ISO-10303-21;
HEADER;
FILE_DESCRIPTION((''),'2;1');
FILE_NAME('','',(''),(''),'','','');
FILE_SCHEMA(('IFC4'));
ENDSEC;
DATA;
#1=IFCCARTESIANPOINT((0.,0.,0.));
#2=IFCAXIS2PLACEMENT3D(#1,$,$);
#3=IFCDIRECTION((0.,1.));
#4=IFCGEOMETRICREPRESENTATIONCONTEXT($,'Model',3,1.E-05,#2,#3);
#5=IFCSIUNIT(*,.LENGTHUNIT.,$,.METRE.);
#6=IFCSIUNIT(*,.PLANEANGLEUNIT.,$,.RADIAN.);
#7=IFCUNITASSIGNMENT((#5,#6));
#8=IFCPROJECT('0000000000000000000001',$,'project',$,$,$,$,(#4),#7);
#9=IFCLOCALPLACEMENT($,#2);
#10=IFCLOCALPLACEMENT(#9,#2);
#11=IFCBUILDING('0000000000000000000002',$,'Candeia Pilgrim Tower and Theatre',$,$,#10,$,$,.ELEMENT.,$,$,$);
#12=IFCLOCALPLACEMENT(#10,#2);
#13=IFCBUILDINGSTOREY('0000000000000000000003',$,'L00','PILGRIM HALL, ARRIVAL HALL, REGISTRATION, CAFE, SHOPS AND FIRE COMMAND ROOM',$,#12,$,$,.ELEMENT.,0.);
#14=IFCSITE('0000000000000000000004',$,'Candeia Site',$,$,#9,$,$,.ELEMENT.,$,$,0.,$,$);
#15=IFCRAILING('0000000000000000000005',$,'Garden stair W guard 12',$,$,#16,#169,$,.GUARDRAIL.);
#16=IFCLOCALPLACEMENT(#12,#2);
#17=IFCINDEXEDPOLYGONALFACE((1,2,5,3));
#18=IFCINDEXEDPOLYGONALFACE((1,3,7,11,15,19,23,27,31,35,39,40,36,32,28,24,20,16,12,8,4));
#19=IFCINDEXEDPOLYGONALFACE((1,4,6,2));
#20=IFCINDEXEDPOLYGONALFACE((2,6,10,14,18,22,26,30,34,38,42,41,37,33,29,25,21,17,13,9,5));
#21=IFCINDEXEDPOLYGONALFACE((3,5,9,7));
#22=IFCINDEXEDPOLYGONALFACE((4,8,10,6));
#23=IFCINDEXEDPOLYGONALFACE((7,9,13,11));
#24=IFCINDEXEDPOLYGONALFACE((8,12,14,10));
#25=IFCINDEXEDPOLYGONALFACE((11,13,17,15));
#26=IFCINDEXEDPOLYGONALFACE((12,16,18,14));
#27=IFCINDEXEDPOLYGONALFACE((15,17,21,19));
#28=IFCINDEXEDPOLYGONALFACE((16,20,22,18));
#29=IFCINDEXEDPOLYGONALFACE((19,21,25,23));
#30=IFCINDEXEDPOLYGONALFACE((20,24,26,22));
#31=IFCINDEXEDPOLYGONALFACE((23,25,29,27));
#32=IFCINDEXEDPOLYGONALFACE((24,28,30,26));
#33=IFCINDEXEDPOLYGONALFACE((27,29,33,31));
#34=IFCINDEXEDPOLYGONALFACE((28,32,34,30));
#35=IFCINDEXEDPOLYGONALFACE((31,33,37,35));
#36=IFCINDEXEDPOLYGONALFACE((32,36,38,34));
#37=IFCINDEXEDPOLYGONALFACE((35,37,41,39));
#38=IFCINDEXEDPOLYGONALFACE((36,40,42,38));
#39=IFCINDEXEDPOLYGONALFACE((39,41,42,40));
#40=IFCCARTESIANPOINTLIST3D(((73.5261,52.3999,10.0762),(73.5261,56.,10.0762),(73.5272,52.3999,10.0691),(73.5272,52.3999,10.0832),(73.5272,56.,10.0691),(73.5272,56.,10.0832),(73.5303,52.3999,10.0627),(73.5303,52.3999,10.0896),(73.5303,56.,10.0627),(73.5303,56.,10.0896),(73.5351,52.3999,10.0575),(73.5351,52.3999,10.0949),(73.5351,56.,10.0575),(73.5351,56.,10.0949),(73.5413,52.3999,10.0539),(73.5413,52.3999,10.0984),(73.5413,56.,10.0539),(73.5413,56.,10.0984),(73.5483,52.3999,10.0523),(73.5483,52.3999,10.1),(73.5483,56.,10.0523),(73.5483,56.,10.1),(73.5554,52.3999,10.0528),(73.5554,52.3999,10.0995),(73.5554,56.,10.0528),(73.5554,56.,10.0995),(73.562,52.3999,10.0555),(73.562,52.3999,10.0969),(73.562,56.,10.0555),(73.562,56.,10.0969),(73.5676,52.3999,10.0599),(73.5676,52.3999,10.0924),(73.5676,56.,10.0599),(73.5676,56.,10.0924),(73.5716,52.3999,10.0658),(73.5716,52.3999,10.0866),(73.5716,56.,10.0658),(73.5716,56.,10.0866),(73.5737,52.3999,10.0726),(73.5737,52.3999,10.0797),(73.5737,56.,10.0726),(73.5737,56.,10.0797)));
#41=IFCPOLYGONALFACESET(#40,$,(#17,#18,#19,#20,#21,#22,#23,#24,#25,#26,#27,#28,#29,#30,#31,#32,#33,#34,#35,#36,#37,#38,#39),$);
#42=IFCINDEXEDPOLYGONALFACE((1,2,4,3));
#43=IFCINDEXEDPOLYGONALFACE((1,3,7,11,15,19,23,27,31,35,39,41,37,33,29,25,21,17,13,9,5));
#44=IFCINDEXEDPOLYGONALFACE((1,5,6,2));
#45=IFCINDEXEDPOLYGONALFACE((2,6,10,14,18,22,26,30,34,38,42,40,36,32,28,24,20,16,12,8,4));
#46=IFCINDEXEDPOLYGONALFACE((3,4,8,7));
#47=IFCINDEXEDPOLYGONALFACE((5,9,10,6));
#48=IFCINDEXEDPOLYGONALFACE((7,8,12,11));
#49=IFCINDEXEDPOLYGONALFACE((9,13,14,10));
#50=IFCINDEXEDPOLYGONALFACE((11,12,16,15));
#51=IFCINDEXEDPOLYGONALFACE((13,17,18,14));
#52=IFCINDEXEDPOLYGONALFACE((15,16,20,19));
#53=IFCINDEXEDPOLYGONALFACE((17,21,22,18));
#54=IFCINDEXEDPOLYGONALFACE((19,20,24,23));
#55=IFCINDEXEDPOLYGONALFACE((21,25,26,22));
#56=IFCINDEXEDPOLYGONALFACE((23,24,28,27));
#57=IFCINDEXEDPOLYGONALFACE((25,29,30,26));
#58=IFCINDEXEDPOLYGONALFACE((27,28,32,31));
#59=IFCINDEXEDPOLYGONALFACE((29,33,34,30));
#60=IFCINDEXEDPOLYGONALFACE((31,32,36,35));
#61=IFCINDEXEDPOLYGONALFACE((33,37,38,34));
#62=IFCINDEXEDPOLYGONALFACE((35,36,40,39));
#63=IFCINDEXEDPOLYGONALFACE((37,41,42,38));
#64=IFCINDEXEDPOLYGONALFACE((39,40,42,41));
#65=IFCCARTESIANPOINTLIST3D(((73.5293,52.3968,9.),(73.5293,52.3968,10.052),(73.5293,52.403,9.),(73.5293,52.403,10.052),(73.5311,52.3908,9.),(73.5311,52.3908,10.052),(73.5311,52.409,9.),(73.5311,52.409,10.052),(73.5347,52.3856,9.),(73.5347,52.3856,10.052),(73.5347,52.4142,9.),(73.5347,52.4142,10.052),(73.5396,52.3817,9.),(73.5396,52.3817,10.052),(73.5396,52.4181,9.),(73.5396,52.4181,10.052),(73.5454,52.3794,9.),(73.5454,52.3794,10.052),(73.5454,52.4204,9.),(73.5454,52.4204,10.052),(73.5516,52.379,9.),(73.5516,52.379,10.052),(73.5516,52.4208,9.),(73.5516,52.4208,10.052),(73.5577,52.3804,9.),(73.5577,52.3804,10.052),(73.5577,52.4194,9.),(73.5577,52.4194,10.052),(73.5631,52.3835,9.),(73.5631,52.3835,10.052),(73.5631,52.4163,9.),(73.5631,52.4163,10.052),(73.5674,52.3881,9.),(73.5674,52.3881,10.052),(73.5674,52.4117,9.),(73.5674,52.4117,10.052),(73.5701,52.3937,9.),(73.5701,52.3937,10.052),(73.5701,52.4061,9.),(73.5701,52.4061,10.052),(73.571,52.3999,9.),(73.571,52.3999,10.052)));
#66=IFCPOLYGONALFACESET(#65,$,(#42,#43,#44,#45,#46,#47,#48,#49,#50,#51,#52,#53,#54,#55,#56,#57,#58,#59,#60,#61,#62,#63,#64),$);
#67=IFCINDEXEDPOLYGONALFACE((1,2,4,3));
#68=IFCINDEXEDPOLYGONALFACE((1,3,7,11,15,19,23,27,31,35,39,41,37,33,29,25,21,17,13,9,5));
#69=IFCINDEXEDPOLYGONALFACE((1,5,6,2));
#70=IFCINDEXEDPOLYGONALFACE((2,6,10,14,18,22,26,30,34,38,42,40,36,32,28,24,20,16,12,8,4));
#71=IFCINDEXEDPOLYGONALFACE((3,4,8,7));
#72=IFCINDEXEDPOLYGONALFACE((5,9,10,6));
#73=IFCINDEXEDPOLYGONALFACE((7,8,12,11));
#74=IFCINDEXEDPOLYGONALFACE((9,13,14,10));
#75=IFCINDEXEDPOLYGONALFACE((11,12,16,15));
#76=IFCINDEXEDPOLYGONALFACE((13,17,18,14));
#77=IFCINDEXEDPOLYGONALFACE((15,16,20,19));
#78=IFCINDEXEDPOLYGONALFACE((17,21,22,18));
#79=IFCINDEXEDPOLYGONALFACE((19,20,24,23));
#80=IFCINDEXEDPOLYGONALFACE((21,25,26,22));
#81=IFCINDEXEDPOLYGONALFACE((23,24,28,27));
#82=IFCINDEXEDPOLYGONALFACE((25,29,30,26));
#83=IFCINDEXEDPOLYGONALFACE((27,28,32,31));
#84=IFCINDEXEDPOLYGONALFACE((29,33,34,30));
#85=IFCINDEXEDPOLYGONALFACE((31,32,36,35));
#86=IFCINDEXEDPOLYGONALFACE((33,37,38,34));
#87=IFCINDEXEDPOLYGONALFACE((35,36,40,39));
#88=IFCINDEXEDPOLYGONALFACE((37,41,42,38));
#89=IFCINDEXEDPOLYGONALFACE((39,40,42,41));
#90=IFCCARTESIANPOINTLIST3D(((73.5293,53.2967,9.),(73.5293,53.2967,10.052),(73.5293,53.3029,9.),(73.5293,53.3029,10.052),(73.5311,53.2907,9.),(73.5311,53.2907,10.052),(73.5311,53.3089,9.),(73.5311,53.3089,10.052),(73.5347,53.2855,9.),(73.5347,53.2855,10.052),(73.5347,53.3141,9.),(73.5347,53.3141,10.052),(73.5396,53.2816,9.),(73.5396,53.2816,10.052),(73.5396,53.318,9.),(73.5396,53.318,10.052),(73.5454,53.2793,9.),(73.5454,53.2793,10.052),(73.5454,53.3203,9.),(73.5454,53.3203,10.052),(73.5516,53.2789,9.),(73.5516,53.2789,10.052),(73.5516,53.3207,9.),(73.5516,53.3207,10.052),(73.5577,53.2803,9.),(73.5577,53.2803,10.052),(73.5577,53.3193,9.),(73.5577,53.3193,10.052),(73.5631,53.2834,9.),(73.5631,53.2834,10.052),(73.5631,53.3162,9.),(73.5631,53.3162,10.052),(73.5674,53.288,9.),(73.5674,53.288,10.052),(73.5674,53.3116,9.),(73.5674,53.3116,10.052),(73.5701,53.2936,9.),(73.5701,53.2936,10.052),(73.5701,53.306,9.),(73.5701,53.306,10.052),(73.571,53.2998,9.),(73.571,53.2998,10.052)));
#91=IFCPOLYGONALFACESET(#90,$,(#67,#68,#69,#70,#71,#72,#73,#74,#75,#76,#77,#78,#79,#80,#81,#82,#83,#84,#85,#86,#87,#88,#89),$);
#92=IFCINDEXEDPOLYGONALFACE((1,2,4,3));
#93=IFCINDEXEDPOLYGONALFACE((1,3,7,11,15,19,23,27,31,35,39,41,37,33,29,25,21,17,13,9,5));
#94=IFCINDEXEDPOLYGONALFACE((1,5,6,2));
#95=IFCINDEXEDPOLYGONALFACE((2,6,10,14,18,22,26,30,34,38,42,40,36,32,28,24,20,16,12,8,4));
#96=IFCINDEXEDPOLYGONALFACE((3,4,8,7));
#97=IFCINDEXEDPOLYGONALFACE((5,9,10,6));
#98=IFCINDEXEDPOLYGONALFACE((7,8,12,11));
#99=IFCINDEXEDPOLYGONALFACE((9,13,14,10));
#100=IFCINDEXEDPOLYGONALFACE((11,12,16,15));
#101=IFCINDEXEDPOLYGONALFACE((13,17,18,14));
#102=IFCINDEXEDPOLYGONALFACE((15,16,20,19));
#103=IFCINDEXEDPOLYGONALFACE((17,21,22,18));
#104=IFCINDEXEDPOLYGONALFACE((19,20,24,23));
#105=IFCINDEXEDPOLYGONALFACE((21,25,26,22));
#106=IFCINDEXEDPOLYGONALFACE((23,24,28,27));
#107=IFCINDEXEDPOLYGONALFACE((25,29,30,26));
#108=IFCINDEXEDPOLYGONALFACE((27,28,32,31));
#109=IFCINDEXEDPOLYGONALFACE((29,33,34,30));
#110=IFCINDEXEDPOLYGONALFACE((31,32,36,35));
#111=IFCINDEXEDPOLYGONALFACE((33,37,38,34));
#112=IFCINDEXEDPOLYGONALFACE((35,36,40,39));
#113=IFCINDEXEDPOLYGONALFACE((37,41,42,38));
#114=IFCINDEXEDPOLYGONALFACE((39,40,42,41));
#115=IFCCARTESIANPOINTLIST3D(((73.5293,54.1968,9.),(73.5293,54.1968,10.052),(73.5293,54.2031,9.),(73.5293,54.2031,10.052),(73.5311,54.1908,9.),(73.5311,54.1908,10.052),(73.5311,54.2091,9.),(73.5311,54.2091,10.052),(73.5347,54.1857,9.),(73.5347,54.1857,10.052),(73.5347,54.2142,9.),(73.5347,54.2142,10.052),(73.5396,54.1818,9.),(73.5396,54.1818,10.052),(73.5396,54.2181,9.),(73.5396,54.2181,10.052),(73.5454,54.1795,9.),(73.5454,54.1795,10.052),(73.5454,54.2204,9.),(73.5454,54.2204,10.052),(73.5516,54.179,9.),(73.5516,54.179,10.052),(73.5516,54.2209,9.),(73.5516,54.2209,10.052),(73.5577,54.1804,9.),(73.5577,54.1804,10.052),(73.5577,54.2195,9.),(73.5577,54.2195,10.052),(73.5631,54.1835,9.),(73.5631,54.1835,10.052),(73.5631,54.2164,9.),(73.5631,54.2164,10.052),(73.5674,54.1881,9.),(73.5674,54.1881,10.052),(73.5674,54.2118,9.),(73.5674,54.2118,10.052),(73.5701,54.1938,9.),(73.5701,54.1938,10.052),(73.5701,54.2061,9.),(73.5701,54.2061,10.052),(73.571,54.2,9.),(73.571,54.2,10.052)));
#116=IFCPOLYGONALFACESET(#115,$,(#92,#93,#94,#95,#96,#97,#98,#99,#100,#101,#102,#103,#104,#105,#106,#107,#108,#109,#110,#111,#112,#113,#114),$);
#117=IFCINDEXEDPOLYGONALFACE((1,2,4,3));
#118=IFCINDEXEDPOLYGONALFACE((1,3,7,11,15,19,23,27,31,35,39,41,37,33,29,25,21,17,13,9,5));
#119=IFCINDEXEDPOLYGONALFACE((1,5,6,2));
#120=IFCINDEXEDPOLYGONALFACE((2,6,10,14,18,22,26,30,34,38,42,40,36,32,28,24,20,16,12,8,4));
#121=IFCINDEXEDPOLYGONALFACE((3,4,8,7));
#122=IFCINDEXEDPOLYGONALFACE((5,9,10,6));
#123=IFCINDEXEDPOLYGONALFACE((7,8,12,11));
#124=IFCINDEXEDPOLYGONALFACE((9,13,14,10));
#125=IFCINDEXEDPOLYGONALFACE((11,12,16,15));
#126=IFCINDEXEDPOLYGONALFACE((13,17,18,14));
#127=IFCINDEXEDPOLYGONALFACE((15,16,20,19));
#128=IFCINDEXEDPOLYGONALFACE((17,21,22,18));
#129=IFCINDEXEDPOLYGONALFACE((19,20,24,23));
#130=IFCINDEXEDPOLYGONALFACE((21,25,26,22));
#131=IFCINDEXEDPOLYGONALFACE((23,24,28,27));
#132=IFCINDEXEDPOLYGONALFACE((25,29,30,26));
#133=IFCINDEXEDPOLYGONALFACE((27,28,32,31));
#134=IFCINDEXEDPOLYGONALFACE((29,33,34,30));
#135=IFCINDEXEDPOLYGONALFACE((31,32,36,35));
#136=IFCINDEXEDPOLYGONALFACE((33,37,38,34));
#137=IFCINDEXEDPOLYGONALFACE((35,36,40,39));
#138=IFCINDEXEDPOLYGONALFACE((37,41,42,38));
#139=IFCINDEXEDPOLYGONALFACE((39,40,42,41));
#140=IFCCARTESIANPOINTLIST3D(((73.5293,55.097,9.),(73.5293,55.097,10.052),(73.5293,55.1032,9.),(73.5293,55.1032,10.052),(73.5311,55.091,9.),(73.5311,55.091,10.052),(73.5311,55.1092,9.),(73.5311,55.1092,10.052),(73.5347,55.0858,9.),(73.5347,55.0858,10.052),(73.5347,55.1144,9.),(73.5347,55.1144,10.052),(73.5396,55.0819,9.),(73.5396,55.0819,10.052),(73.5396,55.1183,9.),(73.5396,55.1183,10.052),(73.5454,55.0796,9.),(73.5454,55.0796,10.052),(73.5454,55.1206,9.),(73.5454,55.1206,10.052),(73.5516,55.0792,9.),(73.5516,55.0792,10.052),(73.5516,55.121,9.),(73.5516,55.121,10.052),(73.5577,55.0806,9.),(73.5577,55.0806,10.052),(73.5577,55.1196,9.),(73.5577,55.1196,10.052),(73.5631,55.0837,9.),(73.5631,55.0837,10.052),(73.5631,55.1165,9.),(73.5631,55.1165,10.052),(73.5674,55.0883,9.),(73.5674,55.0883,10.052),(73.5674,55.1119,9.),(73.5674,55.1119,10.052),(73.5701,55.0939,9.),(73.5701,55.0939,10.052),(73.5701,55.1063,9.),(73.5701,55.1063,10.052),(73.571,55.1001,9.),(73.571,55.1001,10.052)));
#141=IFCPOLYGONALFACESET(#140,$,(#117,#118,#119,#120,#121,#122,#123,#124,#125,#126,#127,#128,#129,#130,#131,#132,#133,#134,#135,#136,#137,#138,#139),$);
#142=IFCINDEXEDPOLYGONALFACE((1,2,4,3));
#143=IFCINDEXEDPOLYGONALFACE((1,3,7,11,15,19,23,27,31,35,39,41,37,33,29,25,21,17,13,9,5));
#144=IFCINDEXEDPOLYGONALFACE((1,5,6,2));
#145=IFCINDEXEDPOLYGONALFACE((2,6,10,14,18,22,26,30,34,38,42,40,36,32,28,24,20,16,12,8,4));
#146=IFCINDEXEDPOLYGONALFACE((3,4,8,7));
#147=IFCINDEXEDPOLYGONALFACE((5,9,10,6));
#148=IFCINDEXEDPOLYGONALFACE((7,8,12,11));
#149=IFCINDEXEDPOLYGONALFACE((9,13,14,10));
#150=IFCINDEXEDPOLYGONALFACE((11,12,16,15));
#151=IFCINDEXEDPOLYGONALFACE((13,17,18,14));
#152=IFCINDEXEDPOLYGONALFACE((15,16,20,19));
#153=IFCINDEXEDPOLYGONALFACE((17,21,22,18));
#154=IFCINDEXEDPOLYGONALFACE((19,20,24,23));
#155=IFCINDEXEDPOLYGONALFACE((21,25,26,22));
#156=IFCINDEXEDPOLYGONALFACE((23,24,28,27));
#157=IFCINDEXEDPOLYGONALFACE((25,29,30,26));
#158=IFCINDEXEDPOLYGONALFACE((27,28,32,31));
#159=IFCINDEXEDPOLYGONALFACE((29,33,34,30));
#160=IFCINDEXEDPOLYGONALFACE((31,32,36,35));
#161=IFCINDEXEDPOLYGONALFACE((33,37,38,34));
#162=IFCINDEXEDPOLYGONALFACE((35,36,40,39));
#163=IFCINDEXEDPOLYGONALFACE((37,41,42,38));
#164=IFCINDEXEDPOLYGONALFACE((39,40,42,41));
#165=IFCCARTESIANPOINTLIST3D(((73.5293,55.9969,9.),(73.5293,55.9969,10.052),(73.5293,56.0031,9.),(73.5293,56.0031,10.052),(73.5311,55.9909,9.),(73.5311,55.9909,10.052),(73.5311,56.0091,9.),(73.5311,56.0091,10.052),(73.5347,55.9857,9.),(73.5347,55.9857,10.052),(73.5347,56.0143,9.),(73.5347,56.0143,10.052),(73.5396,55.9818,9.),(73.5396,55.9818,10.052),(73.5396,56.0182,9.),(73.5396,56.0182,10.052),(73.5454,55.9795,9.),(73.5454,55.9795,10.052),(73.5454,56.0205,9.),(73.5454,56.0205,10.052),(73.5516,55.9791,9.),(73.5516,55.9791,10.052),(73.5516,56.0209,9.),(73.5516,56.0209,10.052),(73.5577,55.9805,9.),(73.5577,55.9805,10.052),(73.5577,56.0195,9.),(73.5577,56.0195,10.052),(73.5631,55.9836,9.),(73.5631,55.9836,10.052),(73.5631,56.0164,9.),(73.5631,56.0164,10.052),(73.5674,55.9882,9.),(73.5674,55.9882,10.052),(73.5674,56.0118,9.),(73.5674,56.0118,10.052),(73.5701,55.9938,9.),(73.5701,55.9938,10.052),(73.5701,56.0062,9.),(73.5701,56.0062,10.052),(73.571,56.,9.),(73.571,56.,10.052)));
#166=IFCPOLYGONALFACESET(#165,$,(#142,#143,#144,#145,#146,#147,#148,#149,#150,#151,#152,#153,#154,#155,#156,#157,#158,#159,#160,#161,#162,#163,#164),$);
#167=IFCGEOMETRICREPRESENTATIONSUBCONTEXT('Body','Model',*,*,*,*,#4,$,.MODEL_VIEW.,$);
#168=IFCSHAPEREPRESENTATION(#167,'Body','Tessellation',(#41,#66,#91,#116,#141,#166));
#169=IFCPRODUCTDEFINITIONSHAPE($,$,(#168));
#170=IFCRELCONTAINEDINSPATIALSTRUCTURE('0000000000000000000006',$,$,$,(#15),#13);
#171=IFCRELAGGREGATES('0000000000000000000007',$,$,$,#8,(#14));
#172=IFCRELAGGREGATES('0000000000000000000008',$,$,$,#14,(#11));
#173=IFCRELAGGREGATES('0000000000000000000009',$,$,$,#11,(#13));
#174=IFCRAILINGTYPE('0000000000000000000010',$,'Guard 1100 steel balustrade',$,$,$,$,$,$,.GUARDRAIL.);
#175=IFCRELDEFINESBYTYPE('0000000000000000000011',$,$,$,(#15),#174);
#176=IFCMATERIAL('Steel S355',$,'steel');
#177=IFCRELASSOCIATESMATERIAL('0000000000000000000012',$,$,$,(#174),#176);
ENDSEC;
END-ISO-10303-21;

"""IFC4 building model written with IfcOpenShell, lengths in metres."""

from ifc_helpers import new_model, si_unit, direction, frame, origin, origin_2d, place, context, subcontext, project, spatial, circle, extrude, material, type_object, element, save


model = new_model("IFC4")

# Units and contexts
model_context = context("Model", 3, precision=1e-05, world=origin(), true_north=direction((0.0, 1.0)))
body_context = subcontext(model_context, "Body", "Model", "MODEL_VIEW")
ifc_project = project(units=[si_unit("LENGTHUNIT", "METRE"), si_unit("PLANEANGLEUNIT", "RADIAN")], contexts=[model_context])

# Site, building, storey
site_placement = place(None, origin())
site = spatial("IfcSite", under=ifc_project, at=site_placement, Name="Candeia Site", CompositionType="ELEMENT", RefElevation=0.0)
building_placement = place(site_placement, origin())
building = spatial("IfcBuilding", under=site, at=building_placement, Name="Candeia Pilgrim Tower and Theatre", CompositionType="ELEMENT")
storey_placement = place(building_placement, origin())
storey = spatial("IfcBuildingStorey", under=building, at=storey_placement, Name="L00", Description="PILGRIM HALL, ARRIVAL HALL, REGISTRATION, CAFE, SHOPS AND FIRE COMMAND ROOM", CompositionType="ELEMENT", Elevation=0.0)

# Railing
ifc_material_1 = material(Name="Steel S355", Category="steel")
railing_type_1 = type_object("IfcRailingType", Name="Guard 1100 steel balustrade", PredefinedType="GUARDRAIL", material=ifc_material_1)
railing_1_placement = place(storey_placement, frame((73.55, 52.3999, 9.0)))
element("IfcRailing", 1, at=railing_1_placement, inside=storey, type_object=railing_type_1, Name="Garden stair W guard 12", PredefinedType="GUARDRAIL", context=body_context, shape_type="SweptSolid", body=[
    extrude(circle(Radius=0.0239, at=origin_2d()), frame((0.0, 0.0, 1.0762), z_axis=(0.0, 1.0, 0.0), x_axis=(-1.0, 0.0, 0.0)), (0.0, 0.0, 1.0), 3.6001),
    extrude(circle(Radius=0.021, at=origin_2d()), origin(), (0.0, 0.0, 1.0), 1.052),
    extrude(circle(Radius=0.021, at=origin_2d()), frame((0.0, 0.8999, 0.0)), (0.0, 0.0, 1.0), 1.052),
    extrude(circle(Radius=0.021, at=origin_2d()), frame((0.0, 1.8, 0.0)), (0.0, 0.0, 1.0), 1.052),
    extrude(circle(Radius=0.021, at=origin_2d()), frame((0.0, 2.7002, 0.0)), (0.0, 0.0, 1.0), 1.052),
    extrude(circle(Radius=0.021, at=origin_2d()), frame((0.0, 3.6001, 0.0)), (0.0, 0.0, 1.0), 1.052),
])

save(model, "model.ifc")
